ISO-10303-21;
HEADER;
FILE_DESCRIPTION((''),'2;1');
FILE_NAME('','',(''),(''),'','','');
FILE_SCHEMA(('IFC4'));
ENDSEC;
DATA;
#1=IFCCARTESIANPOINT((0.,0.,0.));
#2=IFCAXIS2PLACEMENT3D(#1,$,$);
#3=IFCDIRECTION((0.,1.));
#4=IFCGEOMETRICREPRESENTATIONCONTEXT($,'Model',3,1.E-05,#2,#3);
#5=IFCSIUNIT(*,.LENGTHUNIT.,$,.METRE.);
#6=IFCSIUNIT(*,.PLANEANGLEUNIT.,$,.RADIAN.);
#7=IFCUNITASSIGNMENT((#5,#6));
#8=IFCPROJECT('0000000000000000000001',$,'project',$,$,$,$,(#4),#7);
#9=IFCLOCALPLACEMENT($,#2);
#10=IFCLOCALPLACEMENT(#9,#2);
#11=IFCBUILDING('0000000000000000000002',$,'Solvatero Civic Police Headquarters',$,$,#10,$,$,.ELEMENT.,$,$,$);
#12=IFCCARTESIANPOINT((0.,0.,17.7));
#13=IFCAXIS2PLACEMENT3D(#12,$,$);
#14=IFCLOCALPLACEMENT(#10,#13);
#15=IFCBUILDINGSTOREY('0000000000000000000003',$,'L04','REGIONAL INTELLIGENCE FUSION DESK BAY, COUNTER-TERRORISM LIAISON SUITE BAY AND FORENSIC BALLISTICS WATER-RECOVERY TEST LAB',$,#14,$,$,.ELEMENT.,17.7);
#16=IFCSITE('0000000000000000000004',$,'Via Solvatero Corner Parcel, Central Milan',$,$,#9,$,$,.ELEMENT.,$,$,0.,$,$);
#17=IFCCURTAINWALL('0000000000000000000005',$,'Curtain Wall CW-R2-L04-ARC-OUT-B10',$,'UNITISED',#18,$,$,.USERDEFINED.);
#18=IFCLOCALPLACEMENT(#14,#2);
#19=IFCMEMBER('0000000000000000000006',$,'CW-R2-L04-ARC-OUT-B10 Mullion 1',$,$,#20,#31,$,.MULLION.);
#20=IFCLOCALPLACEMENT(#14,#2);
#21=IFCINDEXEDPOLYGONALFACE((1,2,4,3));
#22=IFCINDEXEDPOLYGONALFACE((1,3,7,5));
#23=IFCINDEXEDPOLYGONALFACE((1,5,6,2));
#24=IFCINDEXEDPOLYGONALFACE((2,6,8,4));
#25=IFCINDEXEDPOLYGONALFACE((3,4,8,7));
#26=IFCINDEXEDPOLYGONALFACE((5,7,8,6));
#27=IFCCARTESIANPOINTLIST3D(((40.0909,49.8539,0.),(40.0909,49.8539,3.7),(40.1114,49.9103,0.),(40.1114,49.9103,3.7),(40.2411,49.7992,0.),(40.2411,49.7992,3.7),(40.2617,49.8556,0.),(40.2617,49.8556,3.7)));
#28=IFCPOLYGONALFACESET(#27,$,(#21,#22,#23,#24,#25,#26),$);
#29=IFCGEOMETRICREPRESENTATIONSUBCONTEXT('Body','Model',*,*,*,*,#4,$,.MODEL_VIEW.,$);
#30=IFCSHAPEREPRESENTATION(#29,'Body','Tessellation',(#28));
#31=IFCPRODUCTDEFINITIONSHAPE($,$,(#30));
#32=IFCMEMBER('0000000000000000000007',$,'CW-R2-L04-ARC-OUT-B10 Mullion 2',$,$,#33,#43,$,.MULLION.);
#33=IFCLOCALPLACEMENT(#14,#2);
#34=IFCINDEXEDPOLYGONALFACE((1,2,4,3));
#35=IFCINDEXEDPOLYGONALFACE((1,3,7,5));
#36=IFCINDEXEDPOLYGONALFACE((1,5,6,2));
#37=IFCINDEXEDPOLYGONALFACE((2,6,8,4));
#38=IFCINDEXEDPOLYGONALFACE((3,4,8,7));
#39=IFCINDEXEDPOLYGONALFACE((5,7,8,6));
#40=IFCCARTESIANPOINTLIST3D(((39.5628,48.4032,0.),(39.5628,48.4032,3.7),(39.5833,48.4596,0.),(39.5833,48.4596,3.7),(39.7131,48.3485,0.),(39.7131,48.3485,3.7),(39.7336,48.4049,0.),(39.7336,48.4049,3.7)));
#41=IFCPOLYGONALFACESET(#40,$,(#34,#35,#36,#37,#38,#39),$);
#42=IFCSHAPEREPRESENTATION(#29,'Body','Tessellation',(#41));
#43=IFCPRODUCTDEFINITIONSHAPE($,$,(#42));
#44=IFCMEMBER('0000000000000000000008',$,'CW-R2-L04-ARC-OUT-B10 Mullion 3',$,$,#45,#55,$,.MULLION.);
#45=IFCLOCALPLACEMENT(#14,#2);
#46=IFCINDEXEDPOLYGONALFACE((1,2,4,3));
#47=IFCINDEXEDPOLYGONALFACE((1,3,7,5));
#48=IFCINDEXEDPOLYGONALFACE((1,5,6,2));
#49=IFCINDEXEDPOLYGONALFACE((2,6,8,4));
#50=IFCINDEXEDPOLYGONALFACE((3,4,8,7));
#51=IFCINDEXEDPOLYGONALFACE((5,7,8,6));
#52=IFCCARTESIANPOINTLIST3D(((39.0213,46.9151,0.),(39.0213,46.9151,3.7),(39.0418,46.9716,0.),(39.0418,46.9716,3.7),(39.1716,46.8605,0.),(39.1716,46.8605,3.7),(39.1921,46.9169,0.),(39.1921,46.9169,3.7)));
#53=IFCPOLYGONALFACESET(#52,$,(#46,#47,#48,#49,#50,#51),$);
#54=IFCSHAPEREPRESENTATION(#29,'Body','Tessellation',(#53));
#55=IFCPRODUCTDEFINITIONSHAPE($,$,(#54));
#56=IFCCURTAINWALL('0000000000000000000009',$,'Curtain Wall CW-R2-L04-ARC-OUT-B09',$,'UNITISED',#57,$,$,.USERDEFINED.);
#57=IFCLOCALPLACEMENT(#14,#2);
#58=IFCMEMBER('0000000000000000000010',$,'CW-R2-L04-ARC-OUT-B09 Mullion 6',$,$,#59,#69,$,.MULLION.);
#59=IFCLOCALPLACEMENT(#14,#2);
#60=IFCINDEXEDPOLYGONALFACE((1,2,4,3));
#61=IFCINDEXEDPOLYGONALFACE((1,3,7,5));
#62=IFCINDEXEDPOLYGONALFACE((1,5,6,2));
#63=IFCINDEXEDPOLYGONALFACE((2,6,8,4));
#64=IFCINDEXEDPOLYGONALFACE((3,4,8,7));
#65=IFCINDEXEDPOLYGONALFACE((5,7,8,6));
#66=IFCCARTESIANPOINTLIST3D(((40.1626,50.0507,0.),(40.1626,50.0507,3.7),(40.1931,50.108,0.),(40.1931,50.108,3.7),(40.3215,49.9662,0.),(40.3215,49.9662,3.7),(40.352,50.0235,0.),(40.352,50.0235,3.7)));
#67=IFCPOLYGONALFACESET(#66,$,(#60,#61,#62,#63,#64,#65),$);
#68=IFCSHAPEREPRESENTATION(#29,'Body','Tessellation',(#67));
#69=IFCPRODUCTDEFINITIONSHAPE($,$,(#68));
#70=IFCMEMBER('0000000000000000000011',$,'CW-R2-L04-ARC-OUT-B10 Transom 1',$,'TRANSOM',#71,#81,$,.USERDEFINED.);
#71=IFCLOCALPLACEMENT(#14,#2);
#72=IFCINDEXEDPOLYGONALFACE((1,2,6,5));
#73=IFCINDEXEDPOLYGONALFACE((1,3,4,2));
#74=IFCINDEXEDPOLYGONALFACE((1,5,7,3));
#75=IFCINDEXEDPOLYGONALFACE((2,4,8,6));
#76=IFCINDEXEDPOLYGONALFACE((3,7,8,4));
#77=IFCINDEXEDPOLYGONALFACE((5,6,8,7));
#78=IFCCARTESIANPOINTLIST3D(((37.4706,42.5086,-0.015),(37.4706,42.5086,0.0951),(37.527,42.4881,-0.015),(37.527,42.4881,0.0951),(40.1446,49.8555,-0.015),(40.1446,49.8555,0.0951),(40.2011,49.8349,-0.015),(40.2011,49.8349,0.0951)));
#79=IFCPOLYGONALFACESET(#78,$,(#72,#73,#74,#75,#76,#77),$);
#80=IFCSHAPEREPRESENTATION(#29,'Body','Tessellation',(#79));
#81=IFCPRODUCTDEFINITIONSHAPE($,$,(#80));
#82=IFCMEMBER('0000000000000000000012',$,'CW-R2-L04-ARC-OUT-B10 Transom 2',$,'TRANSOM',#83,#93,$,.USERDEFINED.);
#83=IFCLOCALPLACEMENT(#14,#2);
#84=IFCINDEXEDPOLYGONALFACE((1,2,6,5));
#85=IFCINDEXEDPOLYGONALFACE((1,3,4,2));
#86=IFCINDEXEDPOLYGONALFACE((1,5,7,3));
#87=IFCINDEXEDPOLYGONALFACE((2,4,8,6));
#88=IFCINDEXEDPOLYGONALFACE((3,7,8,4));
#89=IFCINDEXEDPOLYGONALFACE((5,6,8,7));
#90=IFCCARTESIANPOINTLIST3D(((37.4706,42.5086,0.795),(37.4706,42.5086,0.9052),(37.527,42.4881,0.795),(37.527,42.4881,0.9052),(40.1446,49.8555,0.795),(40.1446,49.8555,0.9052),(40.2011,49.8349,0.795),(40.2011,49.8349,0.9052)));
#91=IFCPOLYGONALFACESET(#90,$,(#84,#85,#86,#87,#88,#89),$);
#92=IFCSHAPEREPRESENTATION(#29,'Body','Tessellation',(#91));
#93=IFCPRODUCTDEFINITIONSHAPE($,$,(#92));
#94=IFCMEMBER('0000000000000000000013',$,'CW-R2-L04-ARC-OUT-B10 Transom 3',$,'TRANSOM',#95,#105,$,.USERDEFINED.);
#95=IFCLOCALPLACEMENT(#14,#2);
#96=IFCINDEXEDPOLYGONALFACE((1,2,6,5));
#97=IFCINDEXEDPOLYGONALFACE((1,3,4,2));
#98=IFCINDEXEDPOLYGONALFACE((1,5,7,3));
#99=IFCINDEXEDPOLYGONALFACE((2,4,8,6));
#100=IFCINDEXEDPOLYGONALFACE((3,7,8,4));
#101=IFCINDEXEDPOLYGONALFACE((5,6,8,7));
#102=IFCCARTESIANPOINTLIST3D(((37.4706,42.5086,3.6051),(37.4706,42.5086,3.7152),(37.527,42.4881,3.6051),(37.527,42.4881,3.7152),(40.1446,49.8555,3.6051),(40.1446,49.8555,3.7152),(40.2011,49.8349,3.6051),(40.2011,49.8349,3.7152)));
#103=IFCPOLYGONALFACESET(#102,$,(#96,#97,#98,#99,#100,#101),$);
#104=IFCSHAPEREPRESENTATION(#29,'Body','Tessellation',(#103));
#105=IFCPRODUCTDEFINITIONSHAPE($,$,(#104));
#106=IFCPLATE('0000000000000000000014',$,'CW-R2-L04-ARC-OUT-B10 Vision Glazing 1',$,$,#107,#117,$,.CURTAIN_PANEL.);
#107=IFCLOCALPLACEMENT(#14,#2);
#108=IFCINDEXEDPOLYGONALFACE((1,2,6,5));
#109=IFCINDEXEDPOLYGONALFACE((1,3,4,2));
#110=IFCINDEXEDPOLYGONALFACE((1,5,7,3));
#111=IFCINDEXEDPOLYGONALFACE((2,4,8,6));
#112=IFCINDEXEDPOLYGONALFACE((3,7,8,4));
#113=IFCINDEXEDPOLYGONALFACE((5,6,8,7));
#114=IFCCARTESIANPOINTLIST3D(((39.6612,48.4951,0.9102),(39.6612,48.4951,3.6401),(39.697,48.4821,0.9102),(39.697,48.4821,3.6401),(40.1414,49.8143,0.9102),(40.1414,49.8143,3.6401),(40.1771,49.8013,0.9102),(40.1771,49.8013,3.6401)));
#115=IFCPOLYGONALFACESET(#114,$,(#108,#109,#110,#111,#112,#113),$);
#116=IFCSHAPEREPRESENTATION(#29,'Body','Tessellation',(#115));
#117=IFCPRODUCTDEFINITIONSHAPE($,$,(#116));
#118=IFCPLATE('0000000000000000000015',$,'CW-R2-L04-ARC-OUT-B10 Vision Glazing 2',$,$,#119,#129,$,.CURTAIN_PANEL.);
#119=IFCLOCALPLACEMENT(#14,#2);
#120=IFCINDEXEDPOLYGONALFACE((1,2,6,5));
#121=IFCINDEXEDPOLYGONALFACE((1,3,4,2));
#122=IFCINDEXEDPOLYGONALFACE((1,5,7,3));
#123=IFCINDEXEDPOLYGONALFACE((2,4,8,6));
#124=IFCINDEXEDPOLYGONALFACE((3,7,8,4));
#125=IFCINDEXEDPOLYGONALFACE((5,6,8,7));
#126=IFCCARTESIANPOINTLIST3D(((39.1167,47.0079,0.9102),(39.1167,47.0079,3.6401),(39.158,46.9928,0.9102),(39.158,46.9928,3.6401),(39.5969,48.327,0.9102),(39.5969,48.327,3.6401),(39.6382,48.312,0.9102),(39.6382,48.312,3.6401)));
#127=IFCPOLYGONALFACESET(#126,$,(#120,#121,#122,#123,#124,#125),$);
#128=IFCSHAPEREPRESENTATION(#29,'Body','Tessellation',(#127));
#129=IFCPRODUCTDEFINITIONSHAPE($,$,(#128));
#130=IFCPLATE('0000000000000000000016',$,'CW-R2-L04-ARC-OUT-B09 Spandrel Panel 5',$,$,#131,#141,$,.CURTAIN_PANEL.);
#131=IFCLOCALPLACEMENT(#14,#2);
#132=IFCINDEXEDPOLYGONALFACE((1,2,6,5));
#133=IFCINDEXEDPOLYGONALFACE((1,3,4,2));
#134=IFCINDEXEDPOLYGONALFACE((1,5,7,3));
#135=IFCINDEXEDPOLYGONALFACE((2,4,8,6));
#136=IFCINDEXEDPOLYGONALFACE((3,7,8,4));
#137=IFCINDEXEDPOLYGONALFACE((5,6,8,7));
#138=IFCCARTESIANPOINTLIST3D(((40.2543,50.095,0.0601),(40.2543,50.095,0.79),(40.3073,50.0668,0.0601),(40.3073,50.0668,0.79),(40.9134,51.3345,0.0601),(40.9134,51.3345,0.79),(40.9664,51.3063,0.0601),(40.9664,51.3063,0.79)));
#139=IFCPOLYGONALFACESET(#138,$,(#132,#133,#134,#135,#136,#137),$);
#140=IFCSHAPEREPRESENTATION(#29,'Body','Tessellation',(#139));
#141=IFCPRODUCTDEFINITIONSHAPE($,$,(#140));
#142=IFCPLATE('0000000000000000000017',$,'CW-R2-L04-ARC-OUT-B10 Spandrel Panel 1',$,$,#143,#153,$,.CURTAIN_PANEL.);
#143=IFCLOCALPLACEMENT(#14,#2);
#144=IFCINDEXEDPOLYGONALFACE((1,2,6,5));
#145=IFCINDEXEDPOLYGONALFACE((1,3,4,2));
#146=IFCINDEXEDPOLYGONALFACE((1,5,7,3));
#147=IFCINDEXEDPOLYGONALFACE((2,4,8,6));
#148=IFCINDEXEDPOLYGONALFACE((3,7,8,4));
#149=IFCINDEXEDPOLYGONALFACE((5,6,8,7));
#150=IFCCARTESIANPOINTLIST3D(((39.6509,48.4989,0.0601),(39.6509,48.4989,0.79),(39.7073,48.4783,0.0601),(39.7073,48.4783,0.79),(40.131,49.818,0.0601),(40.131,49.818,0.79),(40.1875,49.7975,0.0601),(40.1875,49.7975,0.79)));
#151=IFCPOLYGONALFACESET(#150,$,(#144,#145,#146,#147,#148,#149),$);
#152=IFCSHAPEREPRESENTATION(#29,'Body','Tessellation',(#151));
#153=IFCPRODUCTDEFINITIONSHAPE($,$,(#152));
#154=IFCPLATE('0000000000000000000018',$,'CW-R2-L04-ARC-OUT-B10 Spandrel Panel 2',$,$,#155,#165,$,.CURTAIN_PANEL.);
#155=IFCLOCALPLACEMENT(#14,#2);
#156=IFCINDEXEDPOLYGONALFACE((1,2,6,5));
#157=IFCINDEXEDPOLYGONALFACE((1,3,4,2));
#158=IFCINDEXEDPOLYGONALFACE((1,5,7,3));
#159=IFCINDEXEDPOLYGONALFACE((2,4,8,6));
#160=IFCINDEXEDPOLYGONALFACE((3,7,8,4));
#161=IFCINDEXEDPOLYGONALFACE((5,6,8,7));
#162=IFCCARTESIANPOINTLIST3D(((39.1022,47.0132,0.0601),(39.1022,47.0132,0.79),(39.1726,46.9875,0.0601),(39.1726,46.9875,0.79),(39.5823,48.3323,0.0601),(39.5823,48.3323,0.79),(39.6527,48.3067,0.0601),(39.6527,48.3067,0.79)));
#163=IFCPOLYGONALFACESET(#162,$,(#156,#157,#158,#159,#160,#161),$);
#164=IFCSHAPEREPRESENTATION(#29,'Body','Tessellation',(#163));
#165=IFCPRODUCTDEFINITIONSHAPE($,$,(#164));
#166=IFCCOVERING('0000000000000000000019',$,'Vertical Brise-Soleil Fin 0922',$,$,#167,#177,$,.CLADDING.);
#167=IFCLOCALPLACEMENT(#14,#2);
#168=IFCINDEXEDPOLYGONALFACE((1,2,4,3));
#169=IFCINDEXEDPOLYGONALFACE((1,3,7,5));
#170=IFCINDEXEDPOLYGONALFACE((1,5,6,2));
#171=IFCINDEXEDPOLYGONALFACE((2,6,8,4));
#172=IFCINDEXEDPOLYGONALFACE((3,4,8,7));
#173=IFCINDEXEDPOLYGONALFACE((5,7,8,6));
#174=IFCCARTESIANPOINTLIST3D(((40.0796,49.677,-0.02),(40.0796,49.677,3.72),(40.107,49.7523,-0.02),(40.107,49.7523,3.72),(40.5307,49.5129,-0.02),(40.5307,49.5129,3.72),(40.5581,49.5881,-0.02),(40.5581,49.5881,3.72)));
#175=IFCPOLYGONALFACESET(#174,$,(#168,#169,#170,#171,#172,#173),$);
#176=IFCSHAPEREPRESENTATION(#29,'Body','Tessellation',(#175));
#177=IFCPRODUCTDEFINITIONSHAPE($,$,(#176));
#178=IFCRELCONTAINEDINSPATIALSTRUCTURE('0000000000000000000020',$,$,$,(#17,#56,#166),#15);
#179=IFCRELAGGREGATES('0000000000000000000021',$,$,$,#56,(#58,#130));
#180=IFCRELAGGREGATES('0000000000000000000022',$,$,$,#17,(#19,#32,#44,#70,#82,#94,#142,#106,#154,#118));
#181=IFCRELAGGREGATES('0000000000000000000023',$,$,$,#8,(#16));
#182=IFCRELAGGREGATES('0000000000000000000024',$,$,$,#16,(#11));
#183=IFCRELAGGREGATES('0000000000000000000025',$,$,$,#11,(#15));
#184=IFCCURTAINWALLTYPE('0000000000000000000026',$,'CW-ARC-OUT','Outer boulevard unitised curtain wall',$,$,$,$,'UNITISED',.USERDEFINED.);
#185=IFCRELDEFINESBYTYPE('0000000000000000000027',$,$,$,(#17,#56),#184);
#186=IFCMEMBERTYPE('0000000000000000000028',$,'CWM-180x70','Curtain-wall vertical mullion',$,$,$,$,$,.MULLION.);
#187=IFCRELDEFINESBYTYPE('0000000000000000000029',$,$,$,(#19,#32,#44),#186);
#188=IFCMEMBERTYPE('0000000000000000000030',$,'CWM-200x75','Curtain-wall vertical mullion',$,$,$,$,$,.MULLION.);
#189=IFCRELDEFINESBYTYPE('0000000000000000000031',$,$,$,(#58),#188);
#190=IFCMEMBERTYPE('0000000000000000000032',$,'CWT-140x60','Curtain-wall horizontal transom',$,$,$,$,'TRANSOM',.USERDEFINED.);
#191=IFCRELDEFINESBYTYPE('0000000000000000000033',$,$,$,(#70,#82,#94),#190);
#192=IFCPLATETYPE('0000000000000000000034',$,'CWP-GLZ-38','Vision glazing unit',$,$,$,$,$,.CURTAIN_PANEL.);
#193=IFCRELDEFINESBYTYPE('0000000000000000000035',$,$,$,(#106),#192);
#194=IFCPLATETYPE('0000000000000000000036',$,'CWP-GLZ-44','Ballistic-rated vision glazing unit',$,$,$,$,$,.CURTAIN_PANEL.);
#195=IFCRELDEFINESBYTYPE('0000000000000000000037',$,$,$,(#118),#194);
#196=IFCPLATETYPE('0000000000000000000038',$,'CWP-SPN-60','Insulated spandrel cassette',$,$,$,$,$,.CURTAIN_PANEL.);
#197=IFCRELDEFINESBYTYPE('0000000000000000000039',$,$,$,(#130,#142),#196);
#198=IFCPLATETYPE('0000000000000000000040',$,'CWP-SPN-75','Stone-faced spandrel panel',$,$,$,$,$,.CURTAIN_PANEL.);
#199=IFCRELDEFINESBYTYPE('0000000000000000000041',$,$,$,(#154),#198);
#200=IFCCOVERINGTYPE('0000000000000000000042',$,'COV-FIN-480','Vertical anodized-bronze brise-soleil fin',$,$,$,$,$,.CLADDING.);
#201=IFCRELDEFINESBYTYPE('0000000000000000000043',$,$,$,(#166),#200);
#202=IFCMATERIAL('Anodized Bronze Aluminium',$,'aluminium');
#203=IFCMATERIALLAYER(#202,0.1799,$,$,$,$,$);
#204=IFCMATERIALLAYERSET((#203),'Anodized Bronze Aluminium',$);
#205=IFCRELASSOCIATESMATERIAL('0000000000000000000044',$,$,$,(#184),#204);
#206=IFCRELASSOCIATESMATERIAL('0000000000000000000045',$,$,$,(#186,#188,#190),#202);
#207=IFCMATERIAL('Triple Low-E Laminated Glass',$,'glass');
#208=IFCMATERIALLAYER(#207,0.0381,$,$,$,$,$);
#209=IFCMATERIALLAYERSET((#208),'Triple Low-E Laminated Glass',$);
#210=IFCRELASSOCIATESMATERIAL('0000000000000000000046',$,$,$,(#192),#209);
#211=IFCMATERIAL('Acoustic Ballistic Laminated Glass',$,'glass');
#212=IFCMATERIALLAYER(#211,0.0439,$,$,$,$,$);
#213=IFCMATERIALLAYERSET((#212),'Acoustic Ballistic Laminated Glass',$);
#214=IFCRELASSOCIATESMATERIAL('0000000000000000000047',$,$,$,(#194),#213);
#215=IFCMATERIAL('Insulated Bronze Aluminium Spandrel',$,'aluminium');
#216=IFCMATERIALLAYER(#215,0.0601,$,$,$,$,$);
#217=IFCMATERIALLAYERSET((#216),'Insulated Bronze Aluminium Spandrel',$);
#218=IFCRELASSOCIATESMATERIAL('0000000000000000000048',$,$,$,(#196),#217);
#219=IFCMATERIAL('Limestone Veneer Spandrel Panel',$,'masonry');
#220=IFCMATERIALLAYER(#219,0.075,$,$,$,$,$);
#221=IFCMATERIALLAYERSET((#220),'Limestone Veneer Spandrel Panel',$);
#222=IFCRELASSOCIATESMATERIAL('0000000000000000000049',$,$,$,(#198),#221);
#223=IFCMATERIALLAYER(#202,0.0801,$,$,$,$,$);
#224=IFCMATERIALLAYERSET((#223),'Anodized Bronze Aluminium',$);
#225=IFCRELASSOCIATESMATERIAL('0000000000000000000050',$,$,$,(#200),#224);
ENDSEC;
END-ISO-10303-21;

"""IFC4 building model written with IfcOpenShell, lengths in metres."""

from ifc_helpers import new_model, si_unit, direction, frame, origin, origin_2d, place, context, subcontext, project, spatial, rectangle, extrude, material, layer, layer_set, material_profile, profile_set, type_object, element, aggregate, save


model = new_model("IFC4")

# Units and contexts
model_context = context("Model", 3, precision=1e-05, world=origin(), true_north=direction((0.0, 1.0)))
body_context = subcontext(model_context, "Body", "Model", "MODEL_VIEW")
ifc_project = project(units=[si_unit("LENGTHUNIT", "METRE"), si_unit("PLANEANGLEUNIT", "RADIAN")], contexts=[model_context])

# Site, building, storey
site_placement = place(None, origin())
site = spatial("IfcSite", under=ifc_project, at=site_placement, Name="Via Solvatero Corner Parcel, Central Milan", CompositionType="ELEMENT", RefElevation=0.0)
building_placement = place(site_placement, origin())
building = spatial("IfcBuilding", under=site, at=building_placement, Name="Solvatero Civic Police Headquarters", CompositionType="ELEMENT")
storey_placement = place(building_placement, frame((0.0, 0.0, 17.7)))
storey = spatial("IfcBuildingStorey", under=building, at=storey_placement, Name="L04", Description="REGIONAL INTELLIGENCE FUSION DESK BAY, COUNTER-TERRORISM LIAISON SUITE BAY AND FORENSIC BALLISTICS WATER-RECOVERY TEST LAB", CompositionType="ELEMENT", Elevation=17.7)

# Curtain wall, members
ifc_material_1 = material(Name="Anodized Bronze Aluminium", Category="aluminium")
ifc_layer_1 = layer(ifc_material_1, 0.1799)
ifc_layer_set_1 = layer_set([ifc_layer_1], Name="Anodized Bronze Aluminium")
curtain_wall_type = type_object("IfcCurtainWallType", Name="CW-ARC-OUT", Description="Outer boulevard unitised curtain wall", ElementType="UNITISED", PredefinedType="USERDEFINED", material=ifc_layer_set_1)
curtain_wall_1_placement = place(storey_placement, origin())
curtain_wall_1 = element("IfcCurtainWall", 1, at=curtain_wall_1_placement, inside=storey, type_object=curtain_wall_type, Name="Curtain Wall CW-R2-L04-ARC-OUT-B10", ObjectType="UNITISED", PredefinedType="USERDEFINED")
ifc_material_profile_1 = material_profile(ifc_material_1, rectangle(XDim=0.0601, YDim=0.1599, at=origin_2d()), Name="ALU MULLION 60x160")
ifc_profile_set_1 = profile_set([ifc_material_profile_1], Name="Anodized Bronze Aluminium")
member_type_1 = type_object("IfcMemberType", Name="CWM-180x70", Description="Curtain-wall vertical mullion", PredefinedType="MULLION", material=ifc_profile_set_1)
member_1_placement = place(storey_placement, frame((40.1763, 49.8547, 0.0), z_axis=(0.0, 0.0, 1.0), x_axis=(-0.34202, -0.939693, 0.0)))
member_1 = element("IfcMember", 2, at=member_1_placement, type_object=member_type_1, Name="CW-R2-L04-ARC-OUT-B10 Mullion 1", PredefinedType="MULLION", context=body_context, shape_type="SweptSolid", body=[
    extrude(rectangle(XDim=0.0601, YDim=0.1599, at=origin_2d()), origin(), (0.0, 0.0, 1.0), 3.7),
])
member_2_placement = place(storey_placement, frame((39.6482, 48.4041, 0.0), z_axis=(0.0, 0.0, 1.0), x_axis=(-0.34202, -0.939693, 0.0)))
member_2 = element("IfcMember", 3, at=member_2_placement, type_object=member_type_1, Name="CW-R2-L04-ARC-OUT-B10 Mullion 2", PredefinedType="MULLION", context=body_context, shape_type="SweptSolid", body=[
    extrude(rectangle(XDim=0.0601, YDim=0.1599, at=origin_2d()), origin(), (0.0, 0.0, 1.0), 3.7),
])
member_3_placement = place(storey_placement, frame((39.1067, 46.916, 0.0), z_axis=(0.0, 0.0, 1.0), x_axis=(-0.34202, -0.939693, 0.0)))
member_3 = element("IfcMember", 4, at=member_3_placement, type_object=member_type_1, Name="CW-R2-L04-ARC-OUT-B10 Mullion 3", PredefinedType="MULLION", context=body_context, shape_type="SweptSolid", body=[
    extrude(rectangle(XDim=0.0601, YDim=0.1599, at=origin_2d()), origin(), (0.0, 0.0, 1.0), 3.7),
])

# Curtain wall, member
curtain_wall_2_placement = place(storey_placement, origin())
curtain_wall_2 = element("IfcCurtainWall", 5, at=curtain_wall_2_placement, inside=storey, type_object=curtain_wall_type, Name="Curtain Wall CW-R2-L04-ARC-OUT-B09", ObjectType="UNITISED", PredefinedType="USERDEFINED")
ifc_material_profile_2 = material_profile(ifc_material_1, rectangle(XDim=0.0649, YDim=0.1799, at=origin_2d()), Name="ALU MULLION 65x180")
ifc_profile_set_2 = profile_set([ifc_material_profile_2], Name="Anodized Bronze Aluminium")
member_type_2 = type_object("IfcMemberType", Name="CWM-200x75", Description="Curtain-wall vertical mullion", PredefinedType="MULLION", material=ifc_profile_set_2)
member_4_placement = place(storey_placement, frame((40.2573, 50.0371, 0.0), z_axis=(0.0, 0.0, 1.0), x_axis=(-0.469487, -0.882939, 0.0)))
member_4 = element("IfcMember", 6, at=member_4_placement, type_object=member_type_2, Name="CW-R2-L04-ARC-OUT-B09 Mullion 6", PredefinedType="MULLION", context=body_context, shape_type="SweptSolid", body=[
    extrude(rectangle(XDim=0.0649, YDim=0.1799, at=origin_2d()), origin(), (0.0, 0.0, 1.0), 3.7),
])

# Members
ifc_material_profile_3 = material_profile(ifc_material_1, rectangle(XDim=0.0601, YDim=0.1101, at=origin_2d()), Name="ALU TRANSOM 60x110")
ifc_profile_set_3 = profile_set([ifc_material_profile_3], Name="Anodized Bronze Aluminium")
member_type_3 = type_object("IfcMemberType", Name="CWT-140x60", Description="Curtain-wall horizontal transom", ElementType="TRANSOM", PredefinedType="USERDEFINED", material=ifc_profile_set_3)
member_5_placement = place(storey_placement, frame((40.1729, 49.8452, 0.04), z_axis=(-0.342021, -0.939692, 0.0), x_axis=(0.939692, -0.342021, 0.0)))
member_5 = element("IfcMember", 7, at=member_5_placement, type_object=member_type_3, Name="CW-R2-L04-ARC-OUT-B10 Transom 1", ObjectType="TRANSOM", PredefinedType="USERDEFINED", context=body_context, shape_type="SweptSolid", body=[
    extrude(rectangle(XDim=0.0601, YDim=0.1101, at=origin_2d()), origin(), (0.0, 0.0, 1.0), 7.8184),
])
member_6_placement = place(storey_placement, frame((40.1729, 49.8452, 0.8501), z_axis=(-0.342021, -0.939692, 0.0), x_axis=(0.939692, -0.342021, 0.0)))
member_6 = element("IfcMember", 8, at=member_6_placement, type_object=member_type_3, Name="CW-R2-L04-ARC-OUT-B10 Transom 2", ObjectType="TRANSOM", PredefinedType="USERDEFINED", context=body_context, shape_type="SweptSolid", body=[
    extrude(rectangle(XDim=0.0601, YDim=0.1101, at=origin_2d()), origin(), (0.0, 0.0, 1.0), 7.8184),
])
member_7_placement = place(storey_placement, frame((40.1729, 49.8452, 3.6602), z_axis=(-0.342021, -0.939692, 0.0), x_axis=(0.939692, -0.342021, 0.0)))
member_7 = element("IfcMember", 9, at=member_7_placement, type_object=member_type_3, Name="CW-R2-L04-ARC-OUT-B10 Transom 3", ObjectType="TRANSOM", PredefinedType="USERDEFINED", context=body_context, shape_type="SweptSolid", body=[
    extrude(rectangle(XDim=0.0601, YDim=0.1101, at=origin_2d()), origin(), (0.0, 0.0, 1.0), 7.8184),
])

# Plates
ifc_material_2 = material(Name="Triple Low-E Laminated Glass", Category="glass")
ifc_layer_2 = layer(ifc_material_2, 0.0381)
ifc_layer_set_2 = layer_set([ifc_layer_2], Name="Triple Low-E Laminated Glass")
plate_type_1 = type_object("IfcPlateType", Name="CWP-GLZ-38", Description="Vision glazing unit", PredefinedType="CURTAIN_PANEL", material=ifc_layer_set_2)
plate_1_placement = place(storey_placement, frame((39.9192, 49.1482, 0.9102), z_axis=(0.0, 0.0, 1.0), x_axis=(-0.34202, -0.939693, 0.0)))
plate_1 = element("IfcPlate", 10, at=plate_1_placement, type_object=plate_type_1, Name="CW-R2-L04-ARC-OUT-B10 Vision Glazing 1", PredefinedType="CURTAIN_PANEL", context=body_context, shape_type="SweptSolid", body=[
    extrude(rectangle(XDim=1.4038, YDim=0.0381, at=origin_2d()), origin(), (0.0, 0.0, 1.0), 2.73),
])
ifc_material_3 = material(Name="Acoustic Ballistic Laminated Glass", Category="glass")
ifc_layer_3 = layer(ifc_material_3, 0.0439)
ifc_layer_set_3 = layer_set([ifc_layer_3], Name="Acoustic Ballistic Laminated Glass")
plate_type_2 = type_object("IfcPlateType", Name="CWP-GLZ-44", Description="Ballistic-rated vision glazing unit", PredefinedType="CURTAIN_PANEL", material=ifc_layer_set_3)
plate_2_placement = place(storey_placement, frame((39.3774, 47.6599, 0.9102), z_axis=(0.0, 0.0, 1.0), x_axis=(-0.34202, -0.939693, 0.0)))
plate_2 = element("IfcPlate", 11, at=plate_2_placement, type_object=plate_type_2, Name="CW-R2-L04-ARC-OUT-B10 Vision Glazing 2", PredefinedType="CURTAIN_PANEL", context=body_context, shape_type="SweptSolid", body=[
    extrude(rectangle(XDim=1.4038, YDim=0.0439, at=origin_2d()), origin(), (0.0, 0.0, 1.0), 2.73),
])
ifc_material_4 = material(Name="Insulated Bronze Aluminium Spandrel", Category="aluminium")
ifc_layer_4 = layer(ifc_material_4, 0.0601)
ifc_layer_set_4 = layer_set([ifc_layer_4], Name="Insulated Bronze Aluminium Spandrel")
plate_type_3 = type_object("IfcPlateType", Name="CWP-SPN-60", Description="Insulated spandrel cassette", PredefinedType="CURTAIN_PANEL", material=ifc_layer_set_4)
plate_3_placement = place(storey_placement, frame((40.6104, 50.7007, 0.0601), z_axis=(0.0, 0.0, 1.0), x_axis=(-0.469487, -0.882939, 0.0)))
plate_3 = element("IfcPlate", 12, at=plate_3_placement, type_object=plate_type_3, Name="CW-R2-L04-ARC-OUT-B09 Spandrel Panel 5", PredefinedType="CURTAIN_PANEL", context=body_context, shape_type="SweptSolid", body=[
    extrude(rectangle(XDim=1.4038, YDim=0.0601, at=origin_2d()), origin(), (0.0, 0.0, 1.0), 0.73),
])
aggregate(curtain_wall_2, [member_4, plate_3])
plate_4_placement = place(storey_placement, frame((39.9192, 49.1482, 0.0601), z_axis=(0.0, 0.0, 1.0), x_axis=(-0.34202, -0.939693, 0.0)))
plate_4 = element("IfcPlate", 13, at=plate_4_placement, type_object=plate_type_3, Name="CW-R2-L04-ARC-OUT-B10 Spandrel Panel 1", PredefinedType="CURTAIN_PANEL", context=body_context, shape_type="SweptSolid", body=[
    extrude(rectangle(XDim=1.4038, YDim=0.0601, at=origin_2d()), origin(), (0.0, 0.0, 1.0), 0.73),
])
ifc_material_5 = material(Name="Limestone Veneer Spandrel Panel", Category="masonry")
ifc_layer_5 = layer(ifc_material_5, 0.075)
ifc_layer_set_5 = layer_set([ifc_layer_5], Name="Limestone Veneer Spandrel Panel")
plate_type_4 = type_object("IfcPlateType", Name="CWP-SPN-75", Description="Stone-faced spandrel panel", PredefinedType="CURTAIN_PANEL", material=ifc_layer_set_5)
plate_5_placement = place(storey_placement, frame((39.3774, 47.6599, 0.0601), z_axis=(0.0, 0.0, 1.0), x_axis=(-0.34202, -0.939693, 0.0)))
plate_5 = element("IfcPlate", 14, at=plate_5_placement, type_object=plate_type_4, Name="CW-R2-L04-ARC-OUT-B10 Spandrel Panel 2", PredefinedType="CURTAIN_PANEL", context=body_context, shape_type="SweptSolid", body=[
    extrude(rectangle(XDim=1.4038, YDim=0.075, at=origin_2d()), origin(), (0.0, 0.0, 1.0), 0.73),
])
aggregate(curtain_wall_1, [member_1, member_2, member_3, member_5, member_6, member_7, plate_4, plate_1, plate_5, plate_2])

# Covering
ifc_layer_6 = layer(ifc_material_1, 0.0801)
ifc_layer_set_6 = layer_set([ifc_layer_6], Name="Anodized Bronze Aluminium")
covering_type = type_object("IfcCoveringType", Name="COV-FIN-480", Description="Vertical anodized-bronze brise-soleil fin", PredefinedType="CLADDING", material=ifc_layer_set_6)
for number, where, z_axis, x_axis, name in (
    (15, (40.3188, 49.6326, -0.02), (0.0, 0.0, 1.0), (-0.34202, -0.939693, 0.0), "Vertical Brise-Soleil Fin 0922"),
):
    element("IfcCovering", number, at=place(storey_placement, frame(where, z_axis=z_axis, x_axis=x_axis)), inside=storey, type_object=covering_type, Name=name, PredefinedType="CLADDING", context=body_context, shape_type="SweptSolid", body=[
        extrude(rectangle(XDim=0.0801, YDim=0.48, at=origin_2d()), origin(), (0.0, 0.0, 1.0), 3.74),
    ])

save(model, "model.ifc")
